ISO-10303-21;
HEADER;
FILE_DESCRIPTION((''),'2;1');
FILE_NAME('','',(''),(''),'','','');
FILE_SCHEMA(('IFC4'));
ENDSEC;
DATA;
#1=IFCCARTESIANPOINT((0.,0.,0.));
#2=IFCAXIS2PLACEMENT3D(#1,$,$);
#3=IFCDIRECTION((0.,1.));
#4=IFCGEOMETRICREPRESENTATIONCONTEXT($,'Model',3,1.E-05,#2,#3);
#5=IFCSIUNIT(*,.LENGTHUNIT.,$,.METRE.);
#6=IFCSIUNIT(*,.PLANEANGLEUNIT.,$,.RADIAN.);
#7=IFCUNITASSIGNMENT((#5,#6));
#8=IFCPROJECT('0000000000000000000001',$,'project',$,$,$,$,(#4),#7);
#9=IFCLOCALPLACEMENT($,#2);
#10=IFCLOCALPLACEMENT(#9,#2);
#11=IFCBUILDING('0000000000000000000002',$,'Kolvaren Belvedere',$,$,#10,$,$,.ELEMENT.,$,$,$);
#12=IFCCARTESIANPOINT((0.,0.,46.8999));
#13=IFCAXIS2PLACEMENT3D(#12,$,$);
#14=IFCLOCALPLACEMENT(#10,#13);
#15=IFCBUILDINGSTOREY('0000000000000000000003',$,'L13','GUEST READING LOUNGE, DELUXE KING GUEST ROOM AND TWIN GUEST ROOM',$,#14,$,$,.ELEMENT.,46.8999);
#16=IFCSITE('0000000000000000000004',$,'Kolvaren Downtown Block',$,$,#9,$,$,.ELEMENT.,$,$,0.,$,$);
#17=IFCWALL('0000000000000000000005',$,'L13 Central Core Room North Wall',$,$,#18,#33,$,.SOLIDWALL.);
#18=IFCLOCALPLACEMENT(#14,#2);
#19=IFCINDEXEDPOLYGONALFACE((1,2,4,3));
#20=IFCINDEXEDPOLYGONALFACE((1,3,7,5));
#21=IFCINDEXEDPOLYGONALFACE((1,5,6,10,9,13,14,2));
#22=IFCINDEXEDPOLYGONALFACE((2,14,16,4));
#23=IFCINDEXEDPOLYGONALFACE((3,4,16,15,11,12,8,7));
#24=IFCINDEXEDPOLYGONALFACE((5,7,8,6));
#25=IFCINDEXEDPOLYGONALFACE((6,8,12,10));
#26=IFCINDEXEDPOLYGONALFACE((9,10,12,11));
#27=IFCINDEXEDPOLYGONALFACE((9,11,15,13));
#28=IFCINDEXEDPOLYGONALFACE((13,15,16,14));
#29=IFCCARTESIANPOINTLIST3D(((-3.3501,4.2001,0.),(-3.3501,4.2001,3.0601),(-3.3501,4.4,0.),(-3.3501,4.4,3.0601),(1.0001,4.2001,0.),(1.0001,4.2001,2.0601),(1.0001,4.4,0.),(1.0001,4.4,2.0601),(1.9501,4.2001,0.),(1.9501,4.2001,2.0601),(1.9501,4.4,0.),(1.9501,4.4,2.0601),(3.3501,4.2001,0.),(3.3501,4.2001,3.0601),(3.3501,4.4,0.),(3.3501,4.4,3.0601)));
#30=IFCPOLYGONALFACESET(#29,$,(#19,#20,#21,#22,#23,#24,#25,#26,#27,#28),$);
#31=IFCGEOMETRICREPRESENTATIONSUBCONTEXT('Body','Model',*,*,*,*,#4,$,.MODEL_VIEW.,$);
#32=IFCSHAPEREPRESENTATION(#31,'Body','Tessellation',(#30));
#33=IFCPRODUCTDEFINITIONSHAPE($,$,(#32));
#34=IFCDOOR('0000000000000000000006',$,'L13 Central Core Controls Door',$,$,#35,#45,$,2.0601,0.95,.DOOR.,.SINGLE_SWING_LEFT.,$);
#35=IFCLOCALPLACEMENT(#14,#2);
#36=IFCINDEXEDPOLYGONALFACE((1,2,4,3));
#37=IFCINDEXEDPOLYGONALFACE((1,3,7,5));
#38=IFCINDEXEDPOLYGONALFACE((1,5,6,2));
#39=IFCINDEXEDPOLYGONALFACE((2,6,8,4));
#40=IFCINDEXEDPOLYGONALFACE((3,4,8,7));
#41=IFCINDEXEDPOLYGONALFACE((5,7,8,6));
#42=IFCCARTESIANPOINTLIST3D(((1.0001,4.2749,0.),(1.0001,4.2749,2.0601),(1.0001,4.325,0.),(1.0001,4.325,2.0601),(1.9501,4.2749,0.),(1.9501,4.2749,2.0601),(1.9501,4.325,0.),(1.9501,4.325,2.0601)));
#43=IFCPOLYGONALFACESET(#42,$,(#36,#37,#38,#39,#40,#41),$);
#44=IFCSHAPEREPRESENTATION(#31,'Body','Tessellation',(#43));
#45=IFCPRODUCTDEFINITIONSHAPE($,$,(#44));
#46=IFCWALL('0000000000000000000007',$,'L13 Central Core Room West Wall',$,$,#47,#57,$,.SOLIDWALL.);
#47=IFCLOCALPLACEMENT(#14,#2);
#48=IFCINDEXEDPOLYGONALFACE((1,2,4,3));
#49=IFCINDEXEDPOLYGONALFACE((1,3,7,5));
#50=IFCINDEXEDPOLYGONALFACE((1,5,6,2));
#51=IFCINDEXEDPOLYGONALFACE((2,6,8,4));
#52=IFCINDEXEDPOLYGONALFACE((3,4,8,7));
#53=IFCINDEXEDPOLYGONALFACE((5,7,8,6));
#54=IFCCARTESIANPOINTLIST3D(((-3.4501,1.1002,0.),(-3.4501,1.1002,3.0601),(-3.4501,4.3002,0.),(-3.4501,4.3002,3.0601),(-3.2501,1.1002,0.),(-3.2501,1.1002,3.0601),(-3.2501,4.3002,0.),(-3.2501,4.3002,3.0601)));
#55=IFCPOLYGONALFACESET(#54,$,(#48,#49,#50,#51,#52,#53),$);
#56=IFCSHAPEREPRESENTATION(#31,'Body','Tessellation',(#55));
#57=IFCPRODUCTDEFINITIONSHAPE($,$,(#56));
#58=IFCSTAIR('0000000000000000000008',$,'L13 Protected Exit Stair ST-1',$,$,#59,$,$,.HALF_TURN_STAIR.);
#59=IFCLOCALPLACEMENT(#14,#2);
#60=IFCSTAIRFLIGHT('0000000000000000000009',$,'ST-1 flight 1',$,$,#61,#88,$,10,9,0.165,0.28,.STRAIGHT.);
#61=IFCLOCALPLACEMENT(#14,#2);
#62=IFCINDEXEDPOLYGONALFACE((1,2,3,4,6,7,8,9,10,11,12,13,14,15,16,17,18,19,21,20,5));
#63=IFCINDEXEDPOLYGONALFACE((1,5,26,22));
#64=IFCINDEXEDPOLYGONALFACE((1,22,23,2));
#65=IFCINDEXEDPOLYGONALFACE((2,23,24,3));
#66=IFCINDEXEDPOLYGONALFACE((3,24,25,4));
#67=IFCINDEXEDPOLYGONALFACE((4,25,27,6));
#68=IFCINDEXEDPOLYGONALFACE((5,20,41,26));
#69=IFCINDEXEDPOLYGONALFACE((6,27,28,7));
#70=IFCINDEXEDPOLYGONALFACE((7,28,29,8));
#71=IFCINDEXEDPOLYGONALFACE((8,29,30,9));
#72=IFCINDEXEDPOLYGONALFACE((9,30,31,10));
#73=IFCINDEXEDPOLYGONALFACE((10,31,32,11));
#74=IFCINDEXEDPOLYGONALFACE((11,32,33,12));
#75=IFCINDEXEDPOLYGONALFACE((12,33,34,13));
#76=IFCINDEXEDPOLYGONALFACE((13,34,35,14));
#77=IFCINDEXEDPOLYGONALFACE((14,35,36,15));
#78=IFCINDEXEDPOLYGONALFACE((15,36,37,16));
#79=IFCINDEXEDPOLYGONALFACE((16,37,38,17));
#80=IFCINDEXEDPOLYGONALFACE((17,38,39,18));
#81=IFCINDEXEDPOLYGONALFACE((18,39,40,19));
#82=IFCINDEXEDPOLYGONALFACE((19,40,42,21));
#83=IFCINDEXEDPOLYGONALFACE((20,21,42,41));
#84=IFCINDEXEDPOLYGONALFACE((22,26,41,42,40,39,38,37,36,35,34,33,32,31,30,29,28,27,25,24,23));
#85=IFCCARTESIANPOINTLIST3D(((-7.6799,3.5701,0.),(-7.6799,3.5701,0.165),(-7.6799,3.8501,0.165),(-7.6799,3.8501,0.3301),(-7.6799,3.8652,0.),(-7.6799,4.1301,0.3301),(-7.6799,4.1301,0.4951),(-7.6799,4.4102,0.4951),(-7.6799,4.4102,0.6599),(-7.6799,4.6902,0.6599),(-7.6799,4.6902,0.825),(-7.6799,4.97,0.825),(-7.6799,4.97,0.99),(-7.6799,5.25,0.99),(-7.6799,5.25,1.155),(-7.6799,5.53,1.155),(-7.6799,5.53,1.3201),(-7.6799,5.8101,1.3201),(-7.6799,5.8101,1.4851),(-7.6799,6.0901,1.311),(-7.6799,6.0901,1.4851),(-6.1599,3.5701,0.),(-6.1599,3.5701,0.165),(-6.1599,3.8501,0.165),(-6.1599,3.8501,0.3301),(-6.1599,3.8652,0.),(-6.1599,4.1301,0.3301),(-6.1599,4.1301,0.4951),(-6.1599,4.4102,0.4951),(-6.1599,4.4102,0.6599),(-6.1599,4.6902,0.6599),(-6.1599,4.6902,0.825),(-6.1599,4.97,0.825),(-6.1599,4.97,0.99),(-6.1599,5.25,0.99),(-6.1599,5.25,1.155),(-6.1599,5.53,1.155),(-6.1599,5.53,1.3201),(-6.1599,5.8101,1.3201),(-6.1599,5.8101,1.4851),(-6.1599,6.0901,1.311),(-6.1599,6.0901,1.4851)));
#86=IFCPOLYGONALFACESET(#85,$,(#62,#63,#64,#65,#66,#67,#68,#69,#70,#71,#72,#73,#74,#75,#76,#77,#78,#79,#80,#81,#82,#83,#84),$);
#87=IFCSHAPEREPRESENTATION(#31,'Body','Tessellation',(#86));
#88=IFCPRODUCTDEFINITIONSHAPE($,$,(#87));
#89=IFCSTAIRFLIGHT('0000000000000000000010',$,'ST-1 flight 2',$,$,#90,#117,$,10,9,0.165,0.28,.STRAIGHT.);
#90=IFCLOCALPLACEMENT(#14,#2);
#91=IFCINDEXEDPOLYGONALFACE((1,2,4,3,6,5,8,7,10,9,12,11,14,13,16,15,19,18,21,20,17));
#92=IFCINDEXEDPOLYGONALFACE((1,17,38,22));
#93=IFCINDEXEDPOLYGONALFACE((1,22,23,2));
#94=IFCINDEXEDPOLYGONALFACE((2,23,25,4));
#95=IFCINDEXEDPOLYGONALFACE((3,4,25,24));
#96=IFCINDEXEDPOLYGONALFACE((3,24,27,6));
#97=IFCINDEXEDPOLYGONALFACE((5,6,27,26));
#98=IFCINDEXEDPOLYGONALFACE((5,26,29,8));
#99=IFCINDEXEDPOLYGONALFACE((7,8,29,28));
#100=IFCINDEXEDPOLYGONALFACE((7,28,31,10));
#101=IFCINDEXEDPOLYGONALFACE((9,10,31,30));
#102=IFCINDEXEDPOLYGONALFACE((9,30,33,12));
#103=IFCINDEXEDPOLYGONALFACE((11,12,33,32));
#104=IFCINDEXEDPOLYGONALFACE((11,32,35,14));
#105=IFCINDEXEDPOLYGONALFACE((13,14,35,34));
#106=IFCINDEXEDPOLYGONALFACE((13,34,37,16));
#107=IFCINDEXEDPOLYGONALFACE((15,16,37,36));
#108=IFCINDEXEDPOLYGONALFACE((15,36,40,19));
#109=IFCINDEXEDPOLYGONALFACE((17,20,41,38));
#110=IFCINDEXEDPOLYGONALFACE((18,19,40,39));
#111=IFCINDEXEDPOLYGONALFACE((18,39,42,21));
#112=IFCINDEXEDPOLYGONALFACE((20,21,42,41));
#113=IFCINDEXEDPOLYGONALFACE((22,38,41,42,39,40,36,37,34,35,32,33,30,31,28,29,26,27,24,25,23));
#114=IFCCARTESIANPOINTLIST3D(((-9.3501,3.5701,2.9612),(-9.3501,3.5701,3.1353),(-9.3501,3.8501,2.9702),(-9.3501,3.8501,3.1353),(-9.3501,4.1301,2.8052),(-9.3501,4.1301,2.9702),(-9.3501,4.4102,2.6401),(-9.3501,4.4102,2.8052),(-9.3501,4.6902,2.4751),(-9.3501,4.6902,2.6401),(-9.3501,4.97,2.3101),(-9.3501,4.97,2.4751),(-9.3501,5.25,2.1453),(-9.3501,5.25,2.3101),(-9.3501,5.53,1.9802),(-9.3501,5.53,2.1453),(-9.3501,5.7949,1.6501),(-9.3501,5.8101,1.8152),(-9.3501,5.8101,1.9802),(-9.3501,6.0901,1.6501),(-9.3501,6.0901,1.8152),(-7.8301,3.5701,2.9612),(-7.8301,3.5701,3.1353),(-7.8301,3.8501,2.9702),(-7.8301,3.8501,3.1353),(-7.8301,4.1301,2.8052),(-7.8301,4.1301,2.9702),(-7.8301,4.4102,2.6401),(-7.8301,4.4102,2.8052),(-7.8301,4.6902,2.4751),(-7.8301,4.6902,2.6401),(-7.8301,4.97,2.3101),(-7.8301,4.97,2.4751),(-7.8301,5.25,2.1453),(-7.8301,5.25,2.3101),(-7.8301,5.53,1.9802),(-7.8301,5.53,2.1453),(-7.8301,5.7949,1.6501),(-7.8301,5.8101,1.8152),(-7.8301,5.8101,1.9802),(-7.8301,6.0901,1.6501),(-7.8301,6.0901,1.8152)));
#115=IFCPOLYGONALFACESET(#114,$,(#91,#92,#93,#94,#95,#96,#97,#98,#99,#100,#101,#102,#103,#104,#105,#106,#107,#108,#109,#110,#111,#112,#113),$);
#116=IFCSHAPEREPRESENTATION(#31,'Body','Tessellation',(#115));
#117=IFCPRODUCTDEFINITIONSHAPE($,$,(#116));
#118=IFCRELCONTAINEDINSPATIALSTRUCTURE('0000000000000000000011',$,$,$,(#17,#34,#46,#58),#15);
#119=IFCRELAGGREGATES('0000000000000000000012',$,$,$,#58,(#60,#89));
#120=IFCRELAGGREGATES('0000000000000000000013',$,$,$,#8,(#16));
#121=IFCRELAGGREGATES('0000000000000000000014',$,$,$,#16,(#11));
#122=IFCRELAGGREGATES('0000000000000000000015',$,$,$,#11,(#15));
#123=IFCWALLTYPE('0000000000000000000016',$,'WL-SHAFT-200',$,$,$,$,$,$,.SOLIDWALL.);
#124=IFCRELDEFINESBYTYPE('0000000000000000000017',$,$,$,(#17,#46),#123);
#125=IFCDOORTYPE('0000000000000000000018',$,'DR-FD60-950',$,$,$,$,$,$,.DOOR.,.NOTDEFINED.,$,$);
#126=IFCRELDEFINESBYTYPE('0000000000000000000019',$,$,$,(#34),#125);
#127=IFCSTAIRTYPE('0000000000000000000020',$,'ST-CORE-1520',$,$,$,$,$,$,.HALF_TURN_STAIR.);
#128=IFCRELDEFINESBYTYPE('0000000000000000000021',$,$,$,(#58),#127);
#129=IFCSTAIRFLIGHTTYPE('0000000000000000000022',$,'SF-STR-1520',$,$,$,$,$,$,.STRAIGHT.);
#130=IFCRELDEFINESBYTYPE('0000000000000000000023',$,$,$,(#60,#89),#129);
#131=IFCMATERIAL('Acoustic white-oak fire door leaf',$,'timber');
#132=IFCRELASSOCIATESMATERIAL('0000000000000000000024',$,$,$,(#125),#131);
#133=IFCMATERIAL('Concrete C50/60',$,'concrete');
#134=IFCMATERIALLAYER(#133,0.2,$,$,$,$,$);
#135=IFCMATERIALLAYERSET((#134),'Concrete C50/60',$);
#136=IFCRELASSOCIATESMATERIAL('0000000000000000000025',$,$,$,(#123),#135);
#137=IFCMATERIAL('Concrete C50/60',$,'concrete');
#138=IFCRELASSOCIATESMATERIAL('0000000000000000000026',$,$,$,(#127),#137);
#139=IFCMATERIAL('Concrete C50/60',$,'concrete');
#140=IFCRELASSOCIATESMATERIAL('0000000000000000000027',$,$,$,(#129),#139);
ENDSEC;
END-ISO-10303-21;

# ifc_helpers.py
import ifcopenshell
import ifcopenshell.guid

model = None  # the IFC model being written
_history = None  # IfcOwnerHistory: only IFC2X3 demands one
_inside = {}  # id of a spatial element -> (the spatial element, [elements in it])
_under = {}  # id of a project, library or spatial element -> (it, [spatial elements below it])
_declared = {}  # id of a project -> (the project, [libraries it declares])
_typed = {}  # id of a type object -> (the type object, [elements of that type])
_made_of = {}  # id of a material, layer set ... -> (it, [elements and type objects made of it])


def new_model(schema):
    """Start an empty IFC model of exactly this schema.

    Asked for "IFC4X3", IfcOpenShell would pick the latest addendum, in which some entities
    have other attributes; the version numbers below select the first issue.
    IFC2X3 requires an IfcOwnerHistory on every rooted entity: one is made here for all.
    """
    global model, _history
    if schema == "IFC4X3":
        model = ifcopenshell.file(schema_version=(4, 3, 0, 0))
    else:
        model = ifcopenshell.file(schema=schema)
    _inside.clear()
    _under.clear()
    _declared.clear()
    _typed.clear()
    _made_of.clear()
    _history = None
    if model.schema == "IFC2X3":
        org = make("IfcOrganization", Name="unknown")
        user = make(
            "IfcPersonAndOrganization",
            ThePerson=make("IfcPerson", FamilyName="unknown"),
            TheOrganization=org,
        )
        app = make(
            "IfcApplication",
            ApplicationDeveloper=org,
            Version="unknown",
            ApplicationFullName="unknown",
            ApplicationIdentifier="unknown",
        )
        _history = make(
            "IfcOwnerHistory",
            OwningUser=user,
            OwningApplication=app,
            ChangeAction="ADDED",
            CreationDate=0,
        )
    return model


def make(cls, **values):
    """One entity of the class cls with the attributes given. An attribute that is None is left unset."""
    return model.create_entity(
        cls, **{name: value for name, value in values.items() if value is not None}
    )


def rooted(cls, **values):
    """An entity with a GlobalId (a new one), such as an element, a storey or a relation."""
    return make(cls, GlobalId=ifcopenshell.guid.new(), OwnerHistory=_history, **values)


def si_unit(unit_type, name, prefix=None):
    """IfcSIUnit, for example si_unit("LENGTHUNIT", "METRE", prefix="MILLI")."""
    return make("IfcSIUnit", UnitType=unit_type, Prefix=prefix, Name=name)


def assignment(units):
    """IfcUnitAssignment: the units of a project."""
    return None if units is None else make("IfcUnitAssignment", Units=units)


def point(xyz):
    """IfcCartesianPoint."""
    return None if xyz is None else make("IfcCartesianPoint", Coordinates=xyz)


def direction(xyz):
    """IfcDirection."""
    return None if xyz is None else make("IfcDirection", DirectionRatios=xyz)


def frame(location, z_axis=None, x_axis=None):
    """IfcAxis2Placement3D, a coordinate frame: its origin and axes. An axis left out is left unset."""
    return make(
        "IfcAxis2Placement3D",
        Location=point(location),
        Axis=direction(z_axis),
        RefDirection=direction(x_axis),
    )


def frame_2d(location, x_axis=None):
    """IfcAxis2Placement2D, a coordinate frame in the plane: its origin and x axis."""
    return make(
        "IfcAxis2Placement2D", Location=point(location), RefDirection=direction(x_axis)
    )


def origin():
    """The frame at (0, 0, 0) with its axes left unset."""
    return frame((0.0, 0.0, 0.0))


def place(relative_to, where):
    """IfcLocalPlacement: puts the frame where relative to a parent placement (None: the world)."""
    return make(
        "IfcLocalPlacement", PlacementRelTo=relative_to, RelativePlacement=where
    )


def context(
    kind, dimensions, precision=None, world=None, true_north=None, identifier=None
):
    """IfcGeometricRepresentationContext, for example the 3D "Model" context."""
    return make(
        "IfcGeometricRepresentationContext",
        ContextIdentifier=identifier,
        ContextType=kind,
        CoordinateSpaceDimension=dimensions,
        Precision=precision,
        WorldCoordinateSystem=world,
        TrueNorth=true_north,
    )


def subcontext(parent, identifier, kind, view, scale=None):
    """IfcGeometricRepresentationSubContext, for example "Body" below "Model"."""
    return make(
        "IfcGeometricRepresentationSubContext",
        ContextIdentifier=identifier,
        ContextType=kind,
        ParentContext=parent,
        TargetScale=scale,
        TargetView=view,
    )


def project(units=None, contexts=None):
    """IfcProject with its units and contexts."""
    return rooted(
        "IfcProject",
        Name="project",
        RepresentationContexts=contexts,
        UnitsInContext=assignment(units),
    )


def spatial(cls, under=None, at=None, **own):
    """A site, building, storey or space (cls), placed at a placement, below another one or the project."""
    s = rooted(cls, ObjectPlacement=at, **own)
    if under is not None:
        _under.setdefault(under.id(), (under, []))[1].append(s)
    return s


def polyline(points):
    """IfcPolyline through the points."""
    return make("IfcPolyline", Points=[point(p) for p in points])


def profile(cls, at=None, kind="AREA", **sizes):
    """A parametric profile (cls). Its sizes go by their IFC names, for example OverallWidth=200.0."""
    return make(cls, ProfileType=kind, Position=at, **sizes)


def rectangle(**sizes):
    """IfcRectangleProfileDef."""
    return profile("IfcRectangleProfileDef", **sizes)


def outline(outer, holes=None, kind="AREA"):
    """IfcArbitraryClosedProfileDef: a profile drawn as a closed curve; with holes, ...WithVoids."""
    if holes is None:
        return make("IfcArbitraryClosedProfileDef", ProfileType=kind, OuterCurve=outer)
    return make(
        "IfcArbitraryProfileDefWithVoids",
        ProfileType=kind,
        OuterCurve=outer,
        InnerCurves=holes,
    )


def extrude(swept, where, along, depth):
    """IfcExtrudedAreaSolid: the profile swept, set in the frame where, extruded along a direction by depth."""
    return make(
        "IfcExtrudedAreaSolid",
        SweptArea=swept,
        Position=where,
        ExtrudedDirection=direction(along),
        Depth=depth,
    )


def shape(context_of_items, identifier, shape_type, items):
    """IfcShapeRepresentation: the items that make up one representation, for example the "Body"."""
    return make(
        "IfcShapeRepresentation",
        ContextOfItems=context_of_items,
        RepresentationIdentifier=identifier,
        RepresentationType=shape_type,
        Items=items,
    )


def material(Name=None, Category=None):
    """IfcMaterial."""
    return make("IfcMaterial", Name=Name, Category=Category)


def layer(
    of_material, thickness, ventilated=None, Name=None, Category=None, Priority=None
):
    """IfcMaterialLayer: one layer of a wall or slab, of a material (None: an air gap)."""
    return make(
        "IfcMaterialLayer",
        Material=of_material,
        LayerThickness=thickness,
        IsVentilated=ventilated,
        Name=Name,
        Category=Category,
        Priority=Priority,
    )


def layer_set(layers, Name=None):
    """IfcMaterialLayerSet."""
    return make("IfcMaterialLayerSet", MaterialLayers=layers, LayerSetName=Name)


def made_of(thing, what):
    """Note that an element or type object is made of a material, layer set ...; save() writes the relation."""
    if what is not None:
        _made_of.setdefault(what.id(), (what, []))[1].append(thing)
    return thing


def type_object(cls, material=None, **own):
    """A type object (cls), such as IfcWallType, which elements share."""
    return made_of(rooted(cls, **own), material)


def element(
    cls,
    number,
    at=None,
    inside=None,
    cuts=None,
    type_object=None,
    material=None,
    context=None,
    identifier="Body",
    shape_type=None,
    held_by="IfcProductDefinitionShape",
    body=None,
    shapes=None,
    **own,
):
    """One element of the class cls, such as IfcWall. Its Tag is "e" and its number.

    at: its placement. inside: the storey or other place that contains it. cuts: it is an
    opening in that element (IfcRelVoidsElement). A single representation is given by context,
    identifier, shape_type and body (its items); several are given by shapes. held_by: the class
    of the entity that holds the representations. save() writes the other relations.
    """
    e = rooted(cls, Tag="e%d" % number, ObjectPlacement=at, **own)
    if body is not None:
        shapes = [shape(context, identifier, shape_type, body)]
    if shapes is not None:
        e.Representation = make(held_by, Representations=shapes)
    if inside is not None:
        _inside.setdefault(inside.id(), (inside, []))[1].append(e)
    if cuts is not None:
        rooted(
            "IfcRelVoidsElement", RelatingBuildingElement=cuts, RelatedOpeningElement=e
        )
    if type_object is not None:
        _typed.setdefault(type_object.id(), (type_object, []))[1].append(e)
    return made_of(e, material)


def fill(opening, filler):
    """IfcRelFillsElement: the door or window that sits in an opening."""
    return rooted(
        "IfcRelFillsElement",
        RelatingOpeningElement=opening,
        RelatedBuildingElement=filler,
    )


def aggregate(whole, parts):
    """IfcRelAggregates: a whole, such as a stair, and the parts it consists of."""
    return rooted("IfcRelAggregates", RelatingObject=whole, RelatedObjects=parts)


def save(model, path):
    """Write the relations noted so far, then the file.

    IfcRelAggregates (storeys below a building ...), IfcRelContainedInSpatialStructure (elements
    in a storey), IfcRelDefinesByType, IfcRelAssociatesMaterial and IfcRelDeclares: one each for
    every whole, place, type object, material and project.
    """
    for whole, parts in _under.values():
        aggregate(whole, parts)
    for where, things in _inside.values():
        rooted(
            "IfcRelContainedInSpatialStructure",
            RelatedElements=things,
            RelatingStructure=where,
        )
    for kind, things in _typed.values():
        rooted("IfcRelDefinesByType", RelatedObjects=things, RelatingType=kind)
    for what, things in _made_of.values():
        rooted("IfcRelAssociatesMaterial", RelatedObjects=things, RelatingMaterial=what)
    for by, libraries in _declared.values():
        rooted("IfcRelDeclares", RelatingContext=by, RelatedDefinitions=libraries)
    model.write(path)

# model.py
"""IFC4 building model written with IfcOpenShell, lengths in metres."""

from ifc_helpers import new_model, si_unit, direction, frame, frame_2d, origin, place, context, subcontext, project, spatial, polyline, rectangle, outline, extrude, material, layer, layer_set, type_object, element, fill, aggregate, save


model = new_model("IFC4")

# Units and contexts
model_context = context("Model", 3, precision=1e-05, world=origin(), true_north=direction((0.0, 1.0)))
body_context = subcontext(model_context, "Body", "Model", "MODEL_VIEW")
ifc_project = project(units=[si_unit("LENGTHUNIT", "METRE"), si_unit("PLANEANGLEUNIT", "RADIAN")], contexts=[model_context])

# Site, building, storey
site_placement = place(None, origin())
site = spatial("IfcSite", under=ifc_project, at=site_placement, Name="Kolvaren Downtown Block", CompositionType="ELEMENT", RefElevation=0.0)
building_placement = place(site_placement, origin())
building = spatial("IfcBuilding", under=site, at=building_placement, Name="Kolvaren Belvedere", CompositionType="ELEMENT")
storey_placement = place(building_placement, frame((0.0, 0.0, 46.8999)))
storey = spatial("IfcBuildingStorey", under=building, at=storey_placement, Name="L13", Description="GUEST READING LOUNGE, DELUXE KING GUEST ROOM AND TWIN GUEST ROOM", CompositionType="ELEMENT", Elevation=46.8999)

# Shared definitions
ifc_material_1 = material(Name="Acoustic white-oak fire door leaf", Category="timber")
door_type_1 = type_object("IfcDoorType", Name="DR-FD60-950", OperationType="NOTDEFINED", PredefinedType="DOOR", material=ifc_material_1)

# Shared definitions
ifc_material_2 = material(Name="Concrete C50/60", Category="concrete")
ifc_layer_1 = layer(ifc_material_2, 0.2)
ifc_layer_set_1 = layer_set([ifc_layer_1], Name="Concrete C50/60")
wall_type_1 = type_object("IfcWallType", Name="WL-SHAFT-200", PredefinedType="SOLIDWALL", material=ifc_layer_set_1)

# Wall, opening, door
wall_1_placement = place(storey_placement, frame((-3.3501, 4.3, 0.0), z_axis=(0.0, 0.0, 1.0), x_axis=(1.0, 0.0, 0.0)))
wall_1 = element("IfcWall", 1, at=wall_1_placement, inside=storey, type_object=wall_type_1, Name="L13 Central Core Room North Wall", PredefinedType="SOLIDWALL", context=body_context, shape_type="SweptSolid", body=[
    extrude(rectangle(XDim=6.7002, YDim=0.2, at=frame_2d((3.3501, 0.0))), origin(), (0.0, 0.0, 1.0), 3.0601),
])
opening_1_placement = place(wall_1_placement, frame((4.3501, 0.0, 0.0)))
opening_1 = element("IfcOpeningElement", 2, at=opening_1_placement, cuts=wall_1, PredefinedType="OPENING", context=body_context, shape_type="SweptSolid", body=[
    extrude(rectangle(XDim=0.95, YDim=2.0601, at=frame_2d((0.4751, 1.03))), frame((0.0, 0.1099, 0.0), z_axis=(0.0, -1.0, 0.0), x_axis=(1.0, 0.0, 0.0)), (0.0, 0.0, 1.0), 0.22),
])
door_1_placement = place(opening_1_placement, origin())
door_1 = element("IfcDoor", 3, at=door_1_placement, inside=storey, type_object=door_type_1, Name="L13 Central Core Controls Door", OperationType="SINGLE_SWING_LEFT", OverallHeight=2.0601, OverallWidth=0.95, PredefinedType="DOOR", context=body_context, shape_type="SweptSolid", body=[
    extrude(rectangle(XDim=0.95, YDim=2.0601, at=frame_2d((0.4751, 1.03))), frame((0.0, 0.0249, 0.0), z_axis=(0.0, -1.0, 0.0), x_axis=(1.0, 0.0, 0.0)), (0.0, 0.0, 1.0), 0.05),
])
fill(opening_1, door_1)

# Wall
wall_2_placement = place(storey_placement, frame((-3.3501, 1.1001, 0.0), z_axis=(0.0, 0.0, 1.0), x_axis=(0.0, 1.0, 0.0)))
element("IfcWall", 4, at=wall_2_placement, inside=storey, type_object=wall_type_1, Name="L13 Central Core Room West Wall", PredefinedType="SOLIDWALL", context=body_context, shape_type="SweptSolid", body=[
    extrude(rectangle(XDim=3.2, YDim=0.2, at=frame_2d((1.6001, 0.0))), origin(), (0.0, 0.0, 1.0), 3.0601),
])

# Stair, stair flights
ifc_material_3 = material(Name="Concrete C50/60", Category="concrete")
stair_type = type_object("IfcStairType", Name="ST-CORE-1520", PredefinedType="HALF_TURN_STAIR", material=ifc_material_3)
stair_placement = place(storey_placement, origin())
stair = element("IfcStair", 5, at=stair_placement, inside=storey, type_object=stair_type, Name="L13 Protected Exit Stair ST-1", PredefinedType="HALF_TURN_STAIR")
ifc_material_4 = material(Name="Concrete C50/60", Category="concrete")
stair_flight_type = type_object("IfcStairFlightType", Name="SF-STR-1520", PredefinedType="STRAIGHT", material=ifc_material_4)
stair_flight_1_placement = place(storey_placement, frame((-6.9199, 3.5701, 0.0), z_axis=(0.0, 0.0, 1.0), x_axis=(0.0, 1.0, 0.0)))
stair_flight_1 = element("IfcStairFlight", 6, at=stair_flight_1_placement, type_object=stair_flight_type, Name="ST-1 flight 1", NumberOfRisers=10, NumberOfTreads=9, PredefinedType="STRAIGHT", RiserHeight=0.165, TreadLength=0.28, context=body_context, shape_type="SweptSolid", body=[
    extrude(outline(polyline([(0.0, 0.0), (0.0, 0.165), (0.28, 0.165), (0.28, 0.3301), (0.5601, 0.3301), (0.5601, 0.4951), (0.8401, 0.4951), (0.8401, 0.6599), (1.1201, 0.6599), (1.1201, 0.825), (1.3999, 0.825), (1.3999, 0.99), (1.6799, 0.99), (1.6799, 1.155), (1.96, 1.155), (1.96, 1.3201), (2.24, 1.3201), (2.24, 1.4851), (2.52, 1.4851), (2.52, 1.6499), (2.52, 1.311), (0.2952, 0.0), (0.0, 0.0)])), frame((0.0, 0.76, 0.0), z_axis=(0.0, -1.0, 0.0), x_axis=(1.0, 0.0, 0.0)), (0.0, 0.0, 1.0), 1.52),
])
stair_flight_2_placement = place(storey_placement, frame((-8.5901, 6.0901, 1.6501), z_axis=(0.0, 0.0, 1.0), x_axis=(0.0, -1.0, 0.0)))
stair_flight_2 = element("IfcStairFlight", 7, at=stair_flight_2_placement, type_object=stair_flight_type, Name="ST-1 flight 2", NumberOfRisers=10, NumberOfTreads=9, PredefinedType="STRAIGHT", RiserHeight=0.165, TreadLength=0.28, context=body_context, shape_type="SweptSolid", body=[
    extrude(outline(polyline([(0.0, 0.0), (0.0, 0.165), (0.28, 0.165), (0.28, 0.3301), (0.5601, 0.3301), (0.5601, 0.4951), (0.8401, 0.4951), (0.8401, 0.6599), (1.1201, 0.6599), (1.1201, 0.825), (1.3999, 0.825), (1.3999, 0.99), (1.6799, 0.99), (1.6799, 1.155), (1.96, 1.155), (1.96, 1.3201), (2.24, 1.3201), (2.24, 1.4851), (2.52, 1.4851), (2.52, 1.6499), (2.52, 1.311), (0.2952, 0.0), (0.0, 0.0)])), frame((0.0, 0.76, 0.0), z_axis=(0.0, -1.0, 0.0), x_axis=(1.0, 0.0, 0.0)), (0.0, 0.0, 1.0), 1.52),
])
aggregate(stair, [stair_flight_1, stair_flight_2])

save(model, "model.ifc")
